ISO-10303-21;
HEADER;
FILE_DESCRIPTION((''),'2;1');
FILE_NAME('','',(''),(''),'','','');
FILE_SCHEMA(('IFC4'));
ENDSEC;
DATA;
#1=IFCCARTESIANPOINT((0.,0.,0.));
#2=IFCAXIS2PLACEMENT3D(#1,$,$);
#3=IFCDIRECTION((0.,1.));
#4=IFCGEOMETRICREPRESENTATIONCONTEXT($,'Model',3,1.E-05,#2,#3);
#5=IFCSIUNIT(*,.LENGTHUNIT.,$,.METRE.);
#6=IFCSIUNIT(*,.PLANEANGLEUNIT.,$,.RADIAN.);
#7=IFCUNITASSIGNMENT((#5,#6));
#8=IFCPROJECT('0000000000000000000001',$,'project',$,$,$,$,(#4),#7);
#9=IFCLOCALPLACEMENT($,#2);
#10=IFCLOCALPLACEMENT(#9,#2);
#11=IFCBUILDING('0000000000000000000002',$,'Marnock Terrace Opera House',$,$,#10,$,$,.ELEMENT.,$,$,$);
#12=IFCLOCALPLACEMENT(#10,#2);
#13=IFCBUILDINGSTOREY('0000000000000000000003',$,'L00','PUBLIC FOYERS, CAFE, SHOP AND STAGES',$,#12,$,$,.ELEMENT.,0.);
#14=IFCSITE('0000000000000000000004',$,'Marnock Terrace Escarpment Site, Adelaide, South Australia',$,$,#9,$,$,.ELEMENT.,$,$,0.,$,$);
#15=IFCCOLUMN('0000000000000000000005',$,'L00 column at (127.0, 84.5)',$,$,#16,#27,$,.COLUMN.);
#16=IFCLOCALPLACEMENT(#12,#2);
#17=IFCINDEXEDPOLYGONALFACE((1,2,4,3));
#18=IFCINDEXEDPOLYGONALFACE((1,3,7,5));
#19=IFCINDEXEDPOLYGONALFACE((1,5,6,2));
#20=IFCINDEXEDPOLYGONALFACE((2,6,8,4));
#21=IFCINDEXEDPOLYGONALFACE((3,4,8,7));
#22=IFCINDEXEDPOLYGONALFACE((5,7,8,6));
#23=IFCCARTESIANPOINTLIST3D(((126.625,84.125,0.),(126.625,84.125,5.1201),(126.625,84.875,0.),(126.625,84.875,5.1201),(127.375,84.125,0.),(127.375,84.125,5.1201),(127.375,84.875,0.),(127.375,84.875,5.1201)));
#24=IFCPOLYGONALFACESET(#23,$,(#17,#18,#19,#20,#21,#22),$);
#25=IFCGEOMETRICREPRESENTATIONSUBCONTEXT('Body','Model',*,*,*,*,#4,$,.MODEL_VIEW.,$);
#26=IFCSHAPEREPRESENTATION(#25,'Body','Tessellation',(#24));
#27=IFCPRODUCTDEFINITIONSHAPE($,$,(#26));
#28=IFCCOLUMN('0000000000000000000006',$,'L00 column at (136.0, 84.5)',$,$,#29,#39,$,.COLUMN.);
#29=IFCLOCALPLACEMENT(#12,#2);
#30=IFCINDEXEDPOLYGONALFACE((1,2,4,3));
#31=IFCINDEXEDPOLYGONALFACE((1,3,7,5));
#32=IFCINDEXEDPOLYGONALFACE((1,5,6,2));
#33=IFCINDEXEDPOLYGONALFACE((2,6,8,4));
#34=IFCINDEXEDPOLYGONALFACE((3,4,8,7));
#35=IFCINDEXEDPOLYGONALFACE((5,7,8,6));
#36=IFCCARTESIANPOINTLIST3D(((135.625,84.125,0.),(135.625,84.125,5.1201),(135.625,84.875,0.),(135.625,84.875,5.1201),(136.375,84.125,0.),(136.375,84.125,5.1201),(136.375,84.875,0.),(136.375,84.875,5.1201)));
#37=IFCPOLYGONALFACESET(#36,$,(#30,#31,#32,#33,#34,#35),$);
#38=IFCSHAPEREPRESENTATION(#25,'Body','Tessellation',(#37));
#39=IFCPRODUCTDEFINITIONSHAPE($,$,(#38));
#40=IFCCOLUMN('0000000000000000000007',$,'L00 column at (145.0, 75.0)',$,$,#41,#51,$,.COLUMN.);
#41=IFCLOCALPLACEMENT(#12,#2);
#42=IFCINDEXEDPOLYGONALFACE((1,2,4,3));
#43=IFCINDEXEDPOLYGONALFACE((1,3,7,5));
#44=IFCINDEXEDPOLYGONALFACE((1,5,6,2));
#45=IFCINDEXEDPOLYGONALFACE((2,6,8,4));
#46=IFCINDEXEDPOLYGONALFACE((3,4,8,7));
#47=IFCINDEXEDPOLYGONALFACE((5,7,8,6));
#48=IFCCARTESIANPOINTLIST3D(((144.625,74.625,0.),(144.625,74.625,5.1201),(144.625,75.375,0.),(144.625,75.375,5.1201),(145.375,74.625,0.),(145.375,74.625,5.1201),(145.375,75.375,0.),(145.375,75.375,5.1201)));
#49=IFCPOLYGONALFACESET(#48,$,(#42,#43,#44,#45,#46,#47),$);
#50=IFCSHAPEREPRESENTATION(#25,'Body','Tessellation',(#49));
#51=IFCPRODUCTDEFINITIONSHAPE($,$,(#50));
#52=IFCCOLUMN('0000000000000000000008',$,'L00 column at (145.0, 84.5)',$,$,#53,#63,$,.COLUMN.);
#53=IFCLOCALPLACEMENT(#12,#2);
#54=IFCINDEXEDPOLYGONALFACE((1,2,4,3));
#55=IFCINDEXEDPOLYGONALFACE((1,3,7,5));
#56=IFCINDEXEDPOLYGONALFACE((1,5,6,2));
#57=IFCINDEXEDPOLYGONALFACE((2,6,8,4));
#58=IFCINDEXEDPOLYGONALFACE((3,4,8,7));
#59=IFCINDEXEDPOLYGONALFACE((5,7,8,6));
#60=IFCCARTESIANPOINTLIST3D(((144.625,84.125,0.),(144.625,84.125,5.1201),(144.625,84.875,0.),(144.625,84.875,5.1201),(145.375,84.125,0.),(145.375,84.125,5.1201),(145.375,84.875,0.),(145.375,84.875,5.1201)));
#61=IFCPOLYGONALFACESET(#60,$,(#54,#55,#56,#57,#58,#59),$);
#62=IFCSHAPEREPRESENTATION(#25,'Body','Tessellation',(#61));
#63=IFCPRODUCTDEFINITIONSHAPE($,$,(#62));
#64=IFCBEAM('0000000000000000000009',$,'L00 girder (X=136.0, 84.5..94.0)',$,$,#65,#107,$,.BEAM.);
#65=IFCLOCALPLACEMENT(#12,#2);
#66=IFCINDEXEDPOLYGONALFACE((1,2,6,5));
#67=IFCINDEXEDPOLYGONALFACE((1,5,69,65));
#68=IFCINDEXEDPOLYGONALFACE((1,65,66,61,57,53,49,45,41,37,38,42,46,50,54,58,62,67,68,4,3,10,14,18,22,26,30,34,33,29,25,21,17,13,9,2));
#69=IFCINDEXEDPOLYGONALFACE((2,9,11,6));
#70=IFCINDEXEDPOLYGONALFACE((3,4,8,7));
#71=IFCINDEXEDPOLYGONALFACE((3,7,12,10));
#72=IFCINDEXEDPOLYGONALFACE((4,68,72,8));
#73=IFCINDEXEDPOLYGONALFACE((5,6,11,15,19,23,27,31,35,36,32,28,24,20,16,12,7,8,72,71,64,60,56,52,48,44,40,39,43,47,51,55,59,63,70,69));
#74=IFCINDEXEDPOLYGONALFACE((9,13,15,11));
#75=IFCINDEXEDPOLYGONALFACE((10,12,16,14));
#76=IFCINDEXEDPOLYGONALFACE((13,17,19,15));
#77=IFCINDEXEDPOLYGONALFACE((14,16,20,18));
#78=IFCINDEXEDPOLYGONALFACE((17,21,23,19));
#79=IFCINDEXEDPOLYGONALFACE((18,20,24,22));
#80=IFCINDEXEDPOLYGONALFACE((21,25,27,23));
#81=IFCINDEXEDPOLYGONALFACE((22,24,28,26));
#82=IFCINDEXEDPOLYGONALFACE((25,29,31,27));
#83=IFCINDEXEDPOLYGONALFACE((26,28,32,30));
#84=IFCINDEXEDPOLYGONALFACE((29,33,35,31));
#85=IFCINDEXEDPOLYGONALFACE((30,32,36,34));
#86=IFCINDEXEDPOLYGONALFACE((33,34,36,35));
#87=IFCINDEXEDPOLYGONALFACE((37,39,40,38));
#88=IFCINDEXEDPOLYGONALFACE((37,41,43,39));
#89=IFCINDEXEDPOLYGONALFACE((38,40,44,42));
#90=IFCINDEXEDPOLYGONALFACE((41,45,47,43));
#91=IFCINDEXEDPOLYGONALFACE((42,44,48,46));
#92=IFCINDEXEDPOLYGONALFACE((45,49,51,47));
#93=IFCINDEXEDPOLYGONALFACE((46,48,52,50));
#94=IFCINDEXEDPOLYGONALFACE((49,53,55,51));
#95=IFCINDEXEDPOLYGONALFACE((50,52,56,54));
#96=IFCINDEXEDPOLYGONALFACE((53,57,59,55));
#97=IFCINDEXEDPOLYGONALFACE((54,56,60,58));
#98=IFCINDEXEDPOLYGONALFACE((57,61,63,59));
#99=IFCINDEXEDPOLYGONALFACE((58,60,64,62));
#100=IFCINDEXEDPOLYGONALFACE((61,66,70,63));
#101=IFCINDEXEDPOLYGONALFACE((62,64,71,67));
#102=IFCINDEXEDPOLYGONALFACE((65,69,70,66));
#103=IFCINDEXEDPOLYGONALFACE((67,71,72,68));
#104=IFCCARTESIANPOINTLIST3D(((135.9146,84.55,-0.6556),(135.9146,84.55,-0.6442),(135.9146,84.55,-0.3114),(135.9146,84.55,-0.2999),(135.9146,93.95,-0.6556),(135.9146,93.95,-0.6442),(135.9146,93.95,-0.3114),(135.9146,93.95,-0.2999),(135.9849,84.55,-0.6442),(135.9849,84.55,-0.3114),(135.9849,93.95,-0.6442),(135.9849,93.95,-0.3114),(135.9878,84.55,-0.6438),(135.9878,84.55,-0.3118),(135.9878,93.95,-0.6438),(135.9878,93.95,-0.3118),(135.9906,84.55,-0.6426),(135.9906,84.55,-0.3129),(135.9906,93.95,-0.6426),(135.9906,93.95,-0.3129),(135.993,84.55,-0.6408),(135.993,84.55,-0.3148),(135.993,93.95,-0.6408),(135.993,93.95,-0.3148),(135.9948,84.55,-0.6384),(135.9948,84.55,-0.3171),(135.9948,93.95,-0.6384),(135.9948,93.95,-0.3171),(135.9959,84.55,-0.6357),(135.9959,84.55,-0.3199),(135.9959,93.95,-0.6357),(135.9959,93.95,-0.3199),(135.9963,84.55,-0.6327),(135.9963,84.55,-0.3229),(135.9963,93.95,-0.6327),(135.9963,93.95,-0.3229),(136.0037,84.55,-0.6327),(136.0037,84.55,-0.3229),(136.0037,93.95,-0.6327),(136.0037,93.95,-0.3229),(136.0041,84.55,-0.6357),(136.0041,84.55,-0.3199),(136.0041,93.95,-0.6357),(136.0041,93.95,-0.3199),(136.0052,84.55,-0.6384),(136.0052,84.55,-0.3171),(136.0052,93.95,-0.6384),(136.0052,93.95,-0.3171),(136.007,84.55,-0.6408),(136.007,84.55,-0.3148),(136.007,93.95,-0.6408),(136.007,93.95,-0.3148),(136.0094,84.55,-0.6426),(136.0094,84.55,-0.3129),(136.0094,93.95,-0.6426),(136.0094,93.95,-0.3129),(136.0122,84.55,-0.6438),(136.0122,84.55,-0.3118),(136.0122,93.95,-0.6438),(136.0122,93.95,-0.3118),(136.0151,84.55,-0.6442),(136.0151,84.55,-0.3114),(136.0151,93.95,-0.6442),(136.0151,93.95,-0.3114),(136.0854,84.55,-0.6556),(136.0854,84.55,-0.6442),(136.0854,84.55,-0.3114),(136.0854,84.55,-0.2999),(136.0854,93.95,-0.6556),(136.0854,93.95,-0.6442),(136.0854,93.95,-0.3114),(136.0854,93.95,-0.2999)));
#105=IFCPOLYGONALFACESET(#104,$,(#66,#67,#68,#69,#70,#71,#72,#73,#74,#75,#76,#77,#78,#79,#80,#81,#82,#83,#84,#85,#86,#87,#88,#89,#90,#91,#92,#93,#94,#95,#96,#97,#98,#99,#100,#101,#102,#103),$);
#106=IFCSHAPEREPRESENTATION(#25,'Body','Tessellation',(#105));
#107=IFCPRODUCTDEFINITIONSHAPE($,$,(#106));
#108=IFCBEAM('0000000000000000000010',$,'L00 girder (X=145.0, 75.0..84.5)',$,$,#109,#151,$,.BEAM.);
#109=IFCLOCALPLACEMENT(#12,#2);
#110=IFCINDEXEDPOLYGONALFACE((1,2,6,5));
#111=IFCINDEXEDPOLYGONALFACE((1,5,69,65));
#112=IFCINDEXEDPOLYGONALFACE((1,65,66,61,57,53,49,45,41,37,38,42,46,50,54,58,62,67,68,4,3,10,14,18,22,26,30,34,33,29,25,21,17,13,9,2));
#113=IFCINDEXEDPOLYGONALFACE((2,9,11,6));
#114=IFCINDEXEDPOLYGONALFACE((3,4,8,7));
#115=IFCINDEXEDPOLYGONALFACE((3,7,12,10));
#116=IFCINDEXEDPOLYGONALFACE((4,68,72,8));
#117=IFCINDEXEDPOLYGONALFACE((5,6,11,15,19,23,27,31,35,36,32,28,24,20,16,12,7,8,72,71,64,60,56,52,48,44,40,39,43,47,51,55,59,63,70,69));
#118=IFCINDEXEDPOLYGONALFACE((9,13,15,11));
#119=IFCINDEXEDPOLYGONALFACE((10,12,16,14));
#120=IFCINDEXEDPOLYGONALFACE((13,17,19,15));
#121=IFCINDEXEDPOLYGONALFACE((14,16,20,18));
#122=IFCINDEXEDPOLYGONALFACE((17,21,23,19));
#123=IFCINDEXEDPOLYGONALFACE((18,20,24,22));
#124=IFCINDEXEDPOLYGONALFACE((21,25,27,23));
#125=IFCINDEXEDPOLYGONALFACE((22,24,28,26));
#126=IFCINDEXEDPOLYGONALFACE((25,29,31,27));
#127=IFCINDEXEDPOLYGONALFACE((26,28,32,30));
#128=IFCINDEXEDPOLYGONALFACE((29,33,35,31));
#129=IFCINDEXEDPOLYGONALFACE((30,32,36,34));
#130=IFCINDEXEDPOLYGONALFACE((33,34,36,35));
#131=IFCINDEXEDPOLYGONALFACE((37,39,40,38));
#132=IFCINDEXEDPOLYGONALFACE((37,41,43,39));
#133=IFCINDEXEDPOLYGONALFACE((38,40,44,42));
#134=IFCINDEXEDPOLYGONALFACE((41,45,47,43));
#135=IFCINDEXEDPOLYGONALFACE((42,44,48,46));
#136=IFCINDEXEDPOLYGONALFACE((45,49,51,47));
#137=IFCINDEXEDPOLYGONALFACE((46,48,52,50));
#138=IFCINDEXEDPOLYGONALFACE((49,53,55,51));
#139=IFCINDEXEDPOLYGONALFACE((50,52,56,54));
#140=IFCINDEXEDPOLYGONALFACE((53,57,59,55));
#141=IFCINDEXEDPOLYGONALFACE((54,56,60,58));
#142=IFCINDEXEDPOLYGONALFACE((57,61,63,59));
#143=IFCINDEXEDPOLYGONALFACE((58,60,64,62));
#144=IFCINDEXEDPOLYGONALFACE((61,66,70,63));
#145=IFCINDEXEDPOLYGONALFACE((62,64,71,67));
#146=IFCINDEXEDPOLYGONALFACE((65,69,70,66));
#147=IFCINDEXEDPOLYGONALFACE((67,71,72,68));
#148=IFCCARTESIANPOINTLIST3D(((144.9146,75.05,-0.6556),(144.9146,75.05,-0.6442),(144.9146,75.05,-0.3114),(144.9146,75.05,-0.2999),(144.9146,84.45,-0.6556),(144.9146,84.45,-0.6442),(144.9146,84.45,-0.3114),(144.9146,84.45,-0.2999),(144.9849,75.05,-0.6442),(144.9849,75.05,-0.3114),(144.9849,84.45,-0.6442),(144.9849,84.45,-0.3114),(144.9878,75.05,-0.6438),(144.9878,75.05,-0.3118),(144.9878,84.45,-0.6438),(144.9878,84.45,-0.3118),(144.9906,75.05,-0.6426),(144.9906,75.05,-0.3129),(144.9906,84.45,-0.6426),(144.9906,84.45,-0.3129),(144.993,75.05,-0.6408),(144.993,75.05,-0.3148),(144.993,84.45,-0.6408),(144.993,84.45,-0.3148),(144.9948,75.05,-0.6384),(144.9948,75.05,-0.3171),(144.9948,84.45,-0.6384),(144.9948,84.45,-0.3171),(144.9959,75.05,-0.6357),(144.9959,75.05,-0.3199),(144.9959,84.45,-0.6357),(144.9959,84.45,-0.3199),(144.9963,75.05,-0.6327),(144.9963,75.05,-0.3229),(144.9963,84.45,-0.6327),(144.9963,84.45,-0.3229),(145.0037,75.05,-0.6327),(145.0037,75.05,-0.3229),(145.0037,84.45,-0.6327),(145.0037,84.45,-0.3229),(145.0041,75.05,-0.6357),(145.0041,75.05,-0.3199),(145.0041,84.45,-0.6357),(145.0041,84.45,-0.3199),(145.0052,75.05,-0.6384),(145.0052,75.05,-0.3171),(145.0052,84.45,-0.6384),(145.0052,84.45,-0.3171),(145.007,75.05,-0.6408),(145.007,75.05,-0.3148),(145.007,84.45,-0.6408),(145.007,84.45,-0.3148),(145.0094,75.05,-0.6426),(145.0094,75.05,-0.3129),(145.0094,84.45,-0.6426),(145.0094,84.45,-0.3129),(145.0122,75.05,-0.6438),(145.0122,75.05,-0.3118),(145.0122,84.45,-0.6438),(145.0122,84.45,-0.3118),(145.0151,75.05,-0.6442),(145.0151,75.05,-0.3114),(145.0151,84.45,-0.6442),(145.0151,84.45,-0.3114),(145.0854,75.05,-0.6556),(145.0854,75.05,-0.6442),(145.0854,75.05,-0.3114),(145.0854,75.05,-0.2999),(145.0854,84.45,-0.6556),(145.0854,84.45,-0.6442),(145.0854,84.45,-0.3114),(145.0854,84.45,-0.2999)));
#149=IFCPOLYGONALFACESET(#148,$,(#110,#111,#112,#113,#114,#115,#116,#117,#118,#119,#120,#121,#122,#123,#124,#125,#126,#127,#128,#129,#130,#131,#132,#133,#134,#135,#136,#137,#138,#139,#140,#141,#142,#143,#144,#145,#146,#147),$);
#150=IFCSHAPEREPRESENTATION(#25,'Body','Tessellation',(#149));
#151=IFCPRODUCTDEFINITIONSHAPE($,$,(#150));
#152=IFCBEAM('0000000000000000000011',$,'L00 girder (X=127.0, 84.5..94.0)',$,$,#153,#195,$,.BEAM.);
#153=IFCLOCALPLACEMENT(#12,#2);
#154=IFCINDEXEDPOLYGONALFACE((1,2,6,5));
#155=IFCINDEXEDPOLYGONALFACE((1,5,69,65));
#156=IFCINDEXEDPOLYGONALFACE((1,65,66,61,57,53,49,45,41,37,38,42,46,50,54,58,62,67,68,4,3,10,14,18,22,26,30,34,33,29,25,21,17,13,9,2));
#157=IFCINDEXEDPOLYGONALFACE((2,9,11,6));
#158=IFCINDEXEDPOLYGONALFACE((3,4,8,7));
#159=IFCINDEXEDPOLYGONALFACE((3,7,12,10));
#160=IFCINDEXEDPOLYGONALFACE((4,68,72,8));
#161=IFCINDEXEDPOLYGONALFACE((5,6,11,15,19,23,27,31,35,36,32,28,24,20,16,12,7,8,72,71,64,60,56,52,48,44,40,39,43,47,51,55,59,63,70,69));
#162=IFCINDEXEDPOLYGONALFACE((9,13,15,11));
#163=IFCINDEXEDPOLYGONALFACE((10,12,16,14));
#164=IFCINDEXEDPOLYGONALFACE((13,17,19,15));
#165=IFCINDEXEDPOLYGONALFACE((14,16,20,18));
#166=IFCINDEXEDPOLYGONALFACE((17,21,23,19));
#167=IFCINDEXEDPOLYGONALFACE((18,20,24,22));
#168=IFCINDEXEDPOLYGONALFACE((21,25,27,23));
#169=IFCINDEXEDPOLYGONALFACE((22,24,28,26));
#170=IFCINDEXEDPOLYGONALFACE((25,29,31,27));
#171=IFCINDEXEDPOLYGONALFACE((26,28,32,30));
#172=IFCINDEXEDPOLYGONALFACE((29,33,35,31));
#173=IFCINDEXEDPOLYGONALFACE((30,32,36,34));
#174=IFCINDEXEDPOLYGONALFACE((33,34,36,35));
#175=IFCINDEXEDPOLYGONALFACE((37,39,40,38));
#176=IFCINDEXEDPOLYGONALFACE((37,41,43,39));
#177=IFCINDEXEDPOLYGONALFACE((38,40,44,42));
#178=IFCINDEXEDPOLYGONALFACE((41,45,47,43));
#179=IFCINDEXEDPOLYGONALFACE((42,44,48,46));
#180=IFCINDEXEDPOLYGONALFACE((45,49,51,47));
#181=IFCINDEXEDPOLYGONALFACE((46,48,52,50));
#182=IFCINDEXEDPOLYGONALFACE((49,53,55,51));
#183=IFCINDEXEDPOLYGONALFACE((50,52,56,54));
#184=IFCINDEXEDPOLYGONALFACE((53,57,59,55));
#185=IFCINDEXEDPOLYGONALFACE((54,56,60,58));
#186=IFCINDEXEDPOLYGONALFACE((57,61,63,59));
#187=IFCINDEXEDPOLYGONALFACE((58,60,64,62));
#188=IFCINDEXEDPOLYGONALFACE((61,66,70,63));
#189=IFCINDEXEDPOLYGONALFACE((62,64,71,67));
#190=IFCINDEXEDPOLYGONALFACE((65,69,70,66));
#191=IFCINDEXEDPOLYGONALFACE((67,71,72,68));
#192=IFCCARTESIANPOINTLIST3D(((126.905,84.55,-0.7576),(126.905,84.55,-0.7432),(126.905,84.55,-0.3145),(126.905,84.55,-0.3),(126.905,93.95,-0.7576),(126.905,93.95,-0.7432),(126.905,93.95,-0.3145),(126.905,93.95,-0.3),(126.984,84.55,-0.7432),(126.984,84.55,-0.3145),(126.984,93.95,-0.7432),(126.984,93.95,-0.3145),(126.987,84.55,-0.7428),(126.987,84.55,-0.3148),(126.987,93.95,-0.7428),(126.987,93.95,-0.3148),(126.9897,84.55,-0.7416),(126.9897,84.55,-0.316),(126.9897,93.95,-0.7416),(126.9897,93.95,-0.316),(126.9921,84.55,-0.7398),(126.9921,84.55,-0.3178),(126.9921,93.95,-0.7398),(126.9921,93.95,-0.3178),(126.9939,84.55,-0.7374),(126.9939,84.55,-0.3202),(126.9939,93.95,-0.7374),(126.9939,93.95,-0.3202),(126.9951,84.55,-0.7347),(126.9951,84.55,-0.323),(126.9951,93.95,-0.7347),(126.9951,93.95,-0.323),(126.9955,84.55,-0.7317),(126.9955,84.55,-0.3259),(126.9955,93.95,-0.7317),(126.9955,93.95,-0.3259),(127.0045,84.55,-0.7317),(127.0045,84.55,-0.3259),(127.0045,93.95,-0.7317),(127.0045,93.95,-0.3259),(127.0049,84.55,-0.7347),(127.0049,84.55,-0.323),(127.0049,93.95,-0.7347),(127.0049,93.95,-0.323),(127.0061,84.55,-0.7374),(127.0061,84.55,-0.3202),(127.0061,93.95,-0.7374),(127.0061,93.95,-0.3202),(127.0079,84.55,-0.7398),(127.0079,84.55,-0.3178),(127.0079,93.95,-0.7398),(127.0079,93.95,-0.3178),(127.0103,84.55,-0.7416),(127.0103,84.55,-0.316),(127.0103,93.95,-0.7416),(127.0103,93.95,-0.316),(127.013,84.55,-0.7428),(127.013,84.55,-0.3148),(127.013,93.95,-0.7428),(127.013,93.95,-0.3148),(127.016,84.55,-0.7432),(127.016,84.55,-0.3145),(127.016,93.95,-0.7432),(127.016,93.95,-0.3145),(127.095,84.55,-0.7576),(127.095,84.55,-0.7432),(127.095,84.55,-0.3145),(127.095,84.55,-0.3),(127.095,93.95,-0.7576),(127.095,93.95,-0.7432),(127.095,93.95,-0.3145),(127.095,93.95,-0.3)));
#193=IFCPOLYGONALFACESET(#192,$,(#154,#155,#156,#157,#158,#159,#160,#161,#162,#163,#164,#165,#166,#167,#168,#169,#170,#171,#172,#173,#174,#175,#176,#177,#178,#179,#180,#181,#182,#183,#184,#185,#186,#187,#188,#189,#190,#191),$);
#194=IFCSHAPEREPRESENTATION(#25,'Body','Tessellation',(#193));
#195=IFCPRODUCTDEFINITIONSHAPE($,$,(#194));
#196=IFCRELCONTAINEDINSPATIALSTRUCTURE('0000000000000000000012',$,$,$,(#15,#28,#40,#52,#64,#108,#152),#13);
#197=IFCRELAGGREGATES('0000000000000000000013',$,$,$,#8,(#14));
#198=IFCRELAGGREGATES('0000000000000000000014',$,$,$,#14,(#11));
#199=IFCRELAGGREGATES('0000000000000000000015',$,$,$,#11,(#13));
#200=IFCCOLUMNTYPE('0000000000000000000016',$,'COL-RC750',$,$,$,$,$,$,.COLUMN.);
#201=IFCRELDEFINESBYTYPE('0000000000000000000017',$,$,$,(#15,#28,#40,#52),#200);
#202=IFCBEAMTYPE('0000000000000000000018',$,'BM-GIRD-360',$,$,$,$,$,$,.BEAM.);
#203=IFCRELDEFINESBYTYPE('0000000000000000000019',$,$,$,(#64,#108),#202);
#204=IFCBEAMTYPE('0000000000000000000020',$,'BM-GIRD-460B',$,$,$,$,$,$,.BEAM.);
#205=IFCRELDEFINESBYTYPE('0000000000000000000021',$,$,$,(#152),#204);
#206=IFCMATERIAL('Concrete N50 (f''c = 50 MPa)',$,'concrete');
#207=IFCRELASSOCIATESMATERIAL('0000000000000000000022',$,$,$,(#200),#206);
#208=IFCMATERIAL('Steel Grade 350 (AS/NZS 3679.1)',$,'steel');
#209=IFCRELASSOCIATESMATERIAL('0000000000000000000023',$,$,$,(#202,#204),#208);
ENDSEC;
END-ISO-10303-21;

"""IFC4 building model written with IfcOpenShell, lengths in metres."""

from ifc_helpers import new_model, si_unit, direction, frame, origin, origin_2d, place, context, subcontext, project, spatial, rectangle, i_section, extrude, material, material_profile, profile_set, type_object, element, save


model = new_model("IFC4")

# Units and contexts
model_context = context("Model", 3, precision=1e-05, world=origin(), true_north=direction((0.0, 1.0)))
body_context = subcontext(model_context, "Body", "Model", "MODEL_VIEW")
ifc_project = project(units=[si_unit("LENGTHUNIT", "METRE"), si_unit("PLANEANGLEUNIT", "RADIAN")], contexts=[model_context])

# Site, building, storey
site_placement = place(None, origin())
site = spatial("IfcSite", under=ifc_project, at=site_placement, Name="Marnock Terrace Escarpment Site, Adelaide, South Australia", CompositionType="ELEMENT", RefElevation=0.0)
building_placement = place(site_placement, origin())
building = spatial("IfcBuilding", under=site, at=building_placement, Name="Marnock Terrace Opera House", CompositionType="ELEMENT")
storey_placement = place(building_placement, origin())
storey = spatial("IfcBuildingStorey", under=building, at=storey_placement, Name="L00", Description="PUBLIC FOYERS, CAFE, SHOP AND STAGES", CompositionType="ELEMENT", Elevation=0.0)

# Columns
ifc_material_1 = material(Name="Concrete N50 (f'c = 50 MPa)", Category="concrete")
ifc_material_profile_1 = material_profile(ifc_material_1, rectangle(XDim=0.75, YDim=0.75, at=origin_2d()))
ifc_profile_set_1 = profile_set([ifc_material_profile_1], Name="Concrete N50 (f'c = 50 MPa)")
column_type = type_object("IfcColumnType", Name="COL-RC750", PredefinedType="COLUMN", material=ifc_profile_set_1)
for number, where, z_axis, x_axis, name in (
    (1, (127.0, 84.5, 0.0), (0.0, 0.0, 1.0), (1.0, 0.0, 0.0), "L00 column at (127.0, 84.5)"),
    (2, (136.0, 84.5, 0.0), (0.0, 0.0, 1.0), (1.0, 0.0, 0.0), "L00 column at (136.0, 84.5)"),
    (3, (145.0, 75.0, 0.0), (0.0, 0.0, 1.0), (1.0, 0.0, 0.0), "L00 column at (145.0, 75.0)"),
    (4, (145.0, 84.5, 0.0), (0.0, 0.0, 1.0), (1.0, 0.0, 0.0), "L00 column at (145.0, 84.5)"),
):
    element("IfcColumn", number, at=place(storey_placement, frame(where, z_axis=z_axis, x_axis=x_axis)), inside=storey, type_object=column_type, Name=name, PredefinedType="COLUMN", context=body_context, shape_type="SweptSolid", body=[
        extrude(rectangle(XDim=0.75, YDim=0.75, at=origin_2d()), origin(), (0.0, 0.0, 1.0), 5.1201),
    ])

# Beams
ifc_material_2 = material(Name="Steel Grade 350 (AS/NZS 3679.1)", Category="steel")
ifc_material_profile_2 = material_profile(ifc_material_2, i_section(OverallWidth=0.1709, OverallDepth=0.3557, WebThickness=0.0073, FlangeThickness=0.0115, FilletRadius=0.0115, at=origin_2d()))
ifc_profile_set_2 = profile_set([ifc_material_profile_2], Name="Steel Grade 350 (AS/NZS 3679.1)")
beam_type_1 = type_object("IfcBeamType", Name="BM-GIRD-360", PredefinedType="BEAM", material=ifc_profile_set_2)
for number, where, z_axis, x_axis, name in (
    (5, (136.0, 84.55, -0.4778), (0.0, 1.0, 0.0), (-1.0, 0.0, 0.0), "L00 girder (X=136.0, 84.5..94.0)"),
    (6, (145.0, 75.05, -0.4778), (0.0, 1.0, 0.0), (-1.0, 0.0, 0.0), "L00 girder (X=145.0, 75.0..84.5)"),
):
    element("IfcBeam", number, at=place(storey_placement, frame(where, z_axis=z_axis, x_axis=x_axis)), inside=storey, type_object=beam_type_1, Name=name, PredefinedType="BEAM", context=body_context, shape_type="SweptSolid", body=[
        extrude(i_section(OverallWidth=0.1709, OverallDepth=0.3557, WebThickness=0.0073, FlangeThickness=0.0115, FilletRadius=0.0115, at=origin_2d()), origin(), (0.0, 0.0, 1.0), 9.3999),
    ])
ifc_material_profile_3 = material_profile(ifc_material_2, i_section(OverallWidth=0.1899, OverallDepth=0.4575, WebThickness=0.009, FlangeThickness=0.0144, FilletRadius=0.0115, at=origin_2d()))
ifc_profile_set_3 = profile_set([ifc_material_profile_3], Name="Steel Grade 350 (AS/NZS 3679.1)")
beam_type_2 = type_object("IfcBeamType", Name="BM-GIRD-460B", PredefinedType="BEAM", material=ifc_profile_set_3)
for number, where, z_axis, x_axis, name in (
    (7, (127.0, 84.55, -0.5288), (0.0, 1.0, 0.0), (-1.0, 0.0, 0.0), "L00 girder (X=127.0, 84.5..94.0)"),
):
    element("IfcBeam", number, at=place(storey_placement, frame(where, z_axis=z_axis, x_axis=x_axis)), inside=storey, type_object=beam_type_2, Name=name, PredefinedType="BEAM", context=body_context, shape_type="SweptSolid", body=[
        extrude(i_section(OverallWidth=0.1899, OverallDepth=0.4575, WebThickness=0.009, FlangeThickness=0.0144, FilletRadius=0.0115, at=origin_2d()), origin(), (0.0, 0.0, 1.0), 9.3999),
    ])

save(model, "model.ifc")
